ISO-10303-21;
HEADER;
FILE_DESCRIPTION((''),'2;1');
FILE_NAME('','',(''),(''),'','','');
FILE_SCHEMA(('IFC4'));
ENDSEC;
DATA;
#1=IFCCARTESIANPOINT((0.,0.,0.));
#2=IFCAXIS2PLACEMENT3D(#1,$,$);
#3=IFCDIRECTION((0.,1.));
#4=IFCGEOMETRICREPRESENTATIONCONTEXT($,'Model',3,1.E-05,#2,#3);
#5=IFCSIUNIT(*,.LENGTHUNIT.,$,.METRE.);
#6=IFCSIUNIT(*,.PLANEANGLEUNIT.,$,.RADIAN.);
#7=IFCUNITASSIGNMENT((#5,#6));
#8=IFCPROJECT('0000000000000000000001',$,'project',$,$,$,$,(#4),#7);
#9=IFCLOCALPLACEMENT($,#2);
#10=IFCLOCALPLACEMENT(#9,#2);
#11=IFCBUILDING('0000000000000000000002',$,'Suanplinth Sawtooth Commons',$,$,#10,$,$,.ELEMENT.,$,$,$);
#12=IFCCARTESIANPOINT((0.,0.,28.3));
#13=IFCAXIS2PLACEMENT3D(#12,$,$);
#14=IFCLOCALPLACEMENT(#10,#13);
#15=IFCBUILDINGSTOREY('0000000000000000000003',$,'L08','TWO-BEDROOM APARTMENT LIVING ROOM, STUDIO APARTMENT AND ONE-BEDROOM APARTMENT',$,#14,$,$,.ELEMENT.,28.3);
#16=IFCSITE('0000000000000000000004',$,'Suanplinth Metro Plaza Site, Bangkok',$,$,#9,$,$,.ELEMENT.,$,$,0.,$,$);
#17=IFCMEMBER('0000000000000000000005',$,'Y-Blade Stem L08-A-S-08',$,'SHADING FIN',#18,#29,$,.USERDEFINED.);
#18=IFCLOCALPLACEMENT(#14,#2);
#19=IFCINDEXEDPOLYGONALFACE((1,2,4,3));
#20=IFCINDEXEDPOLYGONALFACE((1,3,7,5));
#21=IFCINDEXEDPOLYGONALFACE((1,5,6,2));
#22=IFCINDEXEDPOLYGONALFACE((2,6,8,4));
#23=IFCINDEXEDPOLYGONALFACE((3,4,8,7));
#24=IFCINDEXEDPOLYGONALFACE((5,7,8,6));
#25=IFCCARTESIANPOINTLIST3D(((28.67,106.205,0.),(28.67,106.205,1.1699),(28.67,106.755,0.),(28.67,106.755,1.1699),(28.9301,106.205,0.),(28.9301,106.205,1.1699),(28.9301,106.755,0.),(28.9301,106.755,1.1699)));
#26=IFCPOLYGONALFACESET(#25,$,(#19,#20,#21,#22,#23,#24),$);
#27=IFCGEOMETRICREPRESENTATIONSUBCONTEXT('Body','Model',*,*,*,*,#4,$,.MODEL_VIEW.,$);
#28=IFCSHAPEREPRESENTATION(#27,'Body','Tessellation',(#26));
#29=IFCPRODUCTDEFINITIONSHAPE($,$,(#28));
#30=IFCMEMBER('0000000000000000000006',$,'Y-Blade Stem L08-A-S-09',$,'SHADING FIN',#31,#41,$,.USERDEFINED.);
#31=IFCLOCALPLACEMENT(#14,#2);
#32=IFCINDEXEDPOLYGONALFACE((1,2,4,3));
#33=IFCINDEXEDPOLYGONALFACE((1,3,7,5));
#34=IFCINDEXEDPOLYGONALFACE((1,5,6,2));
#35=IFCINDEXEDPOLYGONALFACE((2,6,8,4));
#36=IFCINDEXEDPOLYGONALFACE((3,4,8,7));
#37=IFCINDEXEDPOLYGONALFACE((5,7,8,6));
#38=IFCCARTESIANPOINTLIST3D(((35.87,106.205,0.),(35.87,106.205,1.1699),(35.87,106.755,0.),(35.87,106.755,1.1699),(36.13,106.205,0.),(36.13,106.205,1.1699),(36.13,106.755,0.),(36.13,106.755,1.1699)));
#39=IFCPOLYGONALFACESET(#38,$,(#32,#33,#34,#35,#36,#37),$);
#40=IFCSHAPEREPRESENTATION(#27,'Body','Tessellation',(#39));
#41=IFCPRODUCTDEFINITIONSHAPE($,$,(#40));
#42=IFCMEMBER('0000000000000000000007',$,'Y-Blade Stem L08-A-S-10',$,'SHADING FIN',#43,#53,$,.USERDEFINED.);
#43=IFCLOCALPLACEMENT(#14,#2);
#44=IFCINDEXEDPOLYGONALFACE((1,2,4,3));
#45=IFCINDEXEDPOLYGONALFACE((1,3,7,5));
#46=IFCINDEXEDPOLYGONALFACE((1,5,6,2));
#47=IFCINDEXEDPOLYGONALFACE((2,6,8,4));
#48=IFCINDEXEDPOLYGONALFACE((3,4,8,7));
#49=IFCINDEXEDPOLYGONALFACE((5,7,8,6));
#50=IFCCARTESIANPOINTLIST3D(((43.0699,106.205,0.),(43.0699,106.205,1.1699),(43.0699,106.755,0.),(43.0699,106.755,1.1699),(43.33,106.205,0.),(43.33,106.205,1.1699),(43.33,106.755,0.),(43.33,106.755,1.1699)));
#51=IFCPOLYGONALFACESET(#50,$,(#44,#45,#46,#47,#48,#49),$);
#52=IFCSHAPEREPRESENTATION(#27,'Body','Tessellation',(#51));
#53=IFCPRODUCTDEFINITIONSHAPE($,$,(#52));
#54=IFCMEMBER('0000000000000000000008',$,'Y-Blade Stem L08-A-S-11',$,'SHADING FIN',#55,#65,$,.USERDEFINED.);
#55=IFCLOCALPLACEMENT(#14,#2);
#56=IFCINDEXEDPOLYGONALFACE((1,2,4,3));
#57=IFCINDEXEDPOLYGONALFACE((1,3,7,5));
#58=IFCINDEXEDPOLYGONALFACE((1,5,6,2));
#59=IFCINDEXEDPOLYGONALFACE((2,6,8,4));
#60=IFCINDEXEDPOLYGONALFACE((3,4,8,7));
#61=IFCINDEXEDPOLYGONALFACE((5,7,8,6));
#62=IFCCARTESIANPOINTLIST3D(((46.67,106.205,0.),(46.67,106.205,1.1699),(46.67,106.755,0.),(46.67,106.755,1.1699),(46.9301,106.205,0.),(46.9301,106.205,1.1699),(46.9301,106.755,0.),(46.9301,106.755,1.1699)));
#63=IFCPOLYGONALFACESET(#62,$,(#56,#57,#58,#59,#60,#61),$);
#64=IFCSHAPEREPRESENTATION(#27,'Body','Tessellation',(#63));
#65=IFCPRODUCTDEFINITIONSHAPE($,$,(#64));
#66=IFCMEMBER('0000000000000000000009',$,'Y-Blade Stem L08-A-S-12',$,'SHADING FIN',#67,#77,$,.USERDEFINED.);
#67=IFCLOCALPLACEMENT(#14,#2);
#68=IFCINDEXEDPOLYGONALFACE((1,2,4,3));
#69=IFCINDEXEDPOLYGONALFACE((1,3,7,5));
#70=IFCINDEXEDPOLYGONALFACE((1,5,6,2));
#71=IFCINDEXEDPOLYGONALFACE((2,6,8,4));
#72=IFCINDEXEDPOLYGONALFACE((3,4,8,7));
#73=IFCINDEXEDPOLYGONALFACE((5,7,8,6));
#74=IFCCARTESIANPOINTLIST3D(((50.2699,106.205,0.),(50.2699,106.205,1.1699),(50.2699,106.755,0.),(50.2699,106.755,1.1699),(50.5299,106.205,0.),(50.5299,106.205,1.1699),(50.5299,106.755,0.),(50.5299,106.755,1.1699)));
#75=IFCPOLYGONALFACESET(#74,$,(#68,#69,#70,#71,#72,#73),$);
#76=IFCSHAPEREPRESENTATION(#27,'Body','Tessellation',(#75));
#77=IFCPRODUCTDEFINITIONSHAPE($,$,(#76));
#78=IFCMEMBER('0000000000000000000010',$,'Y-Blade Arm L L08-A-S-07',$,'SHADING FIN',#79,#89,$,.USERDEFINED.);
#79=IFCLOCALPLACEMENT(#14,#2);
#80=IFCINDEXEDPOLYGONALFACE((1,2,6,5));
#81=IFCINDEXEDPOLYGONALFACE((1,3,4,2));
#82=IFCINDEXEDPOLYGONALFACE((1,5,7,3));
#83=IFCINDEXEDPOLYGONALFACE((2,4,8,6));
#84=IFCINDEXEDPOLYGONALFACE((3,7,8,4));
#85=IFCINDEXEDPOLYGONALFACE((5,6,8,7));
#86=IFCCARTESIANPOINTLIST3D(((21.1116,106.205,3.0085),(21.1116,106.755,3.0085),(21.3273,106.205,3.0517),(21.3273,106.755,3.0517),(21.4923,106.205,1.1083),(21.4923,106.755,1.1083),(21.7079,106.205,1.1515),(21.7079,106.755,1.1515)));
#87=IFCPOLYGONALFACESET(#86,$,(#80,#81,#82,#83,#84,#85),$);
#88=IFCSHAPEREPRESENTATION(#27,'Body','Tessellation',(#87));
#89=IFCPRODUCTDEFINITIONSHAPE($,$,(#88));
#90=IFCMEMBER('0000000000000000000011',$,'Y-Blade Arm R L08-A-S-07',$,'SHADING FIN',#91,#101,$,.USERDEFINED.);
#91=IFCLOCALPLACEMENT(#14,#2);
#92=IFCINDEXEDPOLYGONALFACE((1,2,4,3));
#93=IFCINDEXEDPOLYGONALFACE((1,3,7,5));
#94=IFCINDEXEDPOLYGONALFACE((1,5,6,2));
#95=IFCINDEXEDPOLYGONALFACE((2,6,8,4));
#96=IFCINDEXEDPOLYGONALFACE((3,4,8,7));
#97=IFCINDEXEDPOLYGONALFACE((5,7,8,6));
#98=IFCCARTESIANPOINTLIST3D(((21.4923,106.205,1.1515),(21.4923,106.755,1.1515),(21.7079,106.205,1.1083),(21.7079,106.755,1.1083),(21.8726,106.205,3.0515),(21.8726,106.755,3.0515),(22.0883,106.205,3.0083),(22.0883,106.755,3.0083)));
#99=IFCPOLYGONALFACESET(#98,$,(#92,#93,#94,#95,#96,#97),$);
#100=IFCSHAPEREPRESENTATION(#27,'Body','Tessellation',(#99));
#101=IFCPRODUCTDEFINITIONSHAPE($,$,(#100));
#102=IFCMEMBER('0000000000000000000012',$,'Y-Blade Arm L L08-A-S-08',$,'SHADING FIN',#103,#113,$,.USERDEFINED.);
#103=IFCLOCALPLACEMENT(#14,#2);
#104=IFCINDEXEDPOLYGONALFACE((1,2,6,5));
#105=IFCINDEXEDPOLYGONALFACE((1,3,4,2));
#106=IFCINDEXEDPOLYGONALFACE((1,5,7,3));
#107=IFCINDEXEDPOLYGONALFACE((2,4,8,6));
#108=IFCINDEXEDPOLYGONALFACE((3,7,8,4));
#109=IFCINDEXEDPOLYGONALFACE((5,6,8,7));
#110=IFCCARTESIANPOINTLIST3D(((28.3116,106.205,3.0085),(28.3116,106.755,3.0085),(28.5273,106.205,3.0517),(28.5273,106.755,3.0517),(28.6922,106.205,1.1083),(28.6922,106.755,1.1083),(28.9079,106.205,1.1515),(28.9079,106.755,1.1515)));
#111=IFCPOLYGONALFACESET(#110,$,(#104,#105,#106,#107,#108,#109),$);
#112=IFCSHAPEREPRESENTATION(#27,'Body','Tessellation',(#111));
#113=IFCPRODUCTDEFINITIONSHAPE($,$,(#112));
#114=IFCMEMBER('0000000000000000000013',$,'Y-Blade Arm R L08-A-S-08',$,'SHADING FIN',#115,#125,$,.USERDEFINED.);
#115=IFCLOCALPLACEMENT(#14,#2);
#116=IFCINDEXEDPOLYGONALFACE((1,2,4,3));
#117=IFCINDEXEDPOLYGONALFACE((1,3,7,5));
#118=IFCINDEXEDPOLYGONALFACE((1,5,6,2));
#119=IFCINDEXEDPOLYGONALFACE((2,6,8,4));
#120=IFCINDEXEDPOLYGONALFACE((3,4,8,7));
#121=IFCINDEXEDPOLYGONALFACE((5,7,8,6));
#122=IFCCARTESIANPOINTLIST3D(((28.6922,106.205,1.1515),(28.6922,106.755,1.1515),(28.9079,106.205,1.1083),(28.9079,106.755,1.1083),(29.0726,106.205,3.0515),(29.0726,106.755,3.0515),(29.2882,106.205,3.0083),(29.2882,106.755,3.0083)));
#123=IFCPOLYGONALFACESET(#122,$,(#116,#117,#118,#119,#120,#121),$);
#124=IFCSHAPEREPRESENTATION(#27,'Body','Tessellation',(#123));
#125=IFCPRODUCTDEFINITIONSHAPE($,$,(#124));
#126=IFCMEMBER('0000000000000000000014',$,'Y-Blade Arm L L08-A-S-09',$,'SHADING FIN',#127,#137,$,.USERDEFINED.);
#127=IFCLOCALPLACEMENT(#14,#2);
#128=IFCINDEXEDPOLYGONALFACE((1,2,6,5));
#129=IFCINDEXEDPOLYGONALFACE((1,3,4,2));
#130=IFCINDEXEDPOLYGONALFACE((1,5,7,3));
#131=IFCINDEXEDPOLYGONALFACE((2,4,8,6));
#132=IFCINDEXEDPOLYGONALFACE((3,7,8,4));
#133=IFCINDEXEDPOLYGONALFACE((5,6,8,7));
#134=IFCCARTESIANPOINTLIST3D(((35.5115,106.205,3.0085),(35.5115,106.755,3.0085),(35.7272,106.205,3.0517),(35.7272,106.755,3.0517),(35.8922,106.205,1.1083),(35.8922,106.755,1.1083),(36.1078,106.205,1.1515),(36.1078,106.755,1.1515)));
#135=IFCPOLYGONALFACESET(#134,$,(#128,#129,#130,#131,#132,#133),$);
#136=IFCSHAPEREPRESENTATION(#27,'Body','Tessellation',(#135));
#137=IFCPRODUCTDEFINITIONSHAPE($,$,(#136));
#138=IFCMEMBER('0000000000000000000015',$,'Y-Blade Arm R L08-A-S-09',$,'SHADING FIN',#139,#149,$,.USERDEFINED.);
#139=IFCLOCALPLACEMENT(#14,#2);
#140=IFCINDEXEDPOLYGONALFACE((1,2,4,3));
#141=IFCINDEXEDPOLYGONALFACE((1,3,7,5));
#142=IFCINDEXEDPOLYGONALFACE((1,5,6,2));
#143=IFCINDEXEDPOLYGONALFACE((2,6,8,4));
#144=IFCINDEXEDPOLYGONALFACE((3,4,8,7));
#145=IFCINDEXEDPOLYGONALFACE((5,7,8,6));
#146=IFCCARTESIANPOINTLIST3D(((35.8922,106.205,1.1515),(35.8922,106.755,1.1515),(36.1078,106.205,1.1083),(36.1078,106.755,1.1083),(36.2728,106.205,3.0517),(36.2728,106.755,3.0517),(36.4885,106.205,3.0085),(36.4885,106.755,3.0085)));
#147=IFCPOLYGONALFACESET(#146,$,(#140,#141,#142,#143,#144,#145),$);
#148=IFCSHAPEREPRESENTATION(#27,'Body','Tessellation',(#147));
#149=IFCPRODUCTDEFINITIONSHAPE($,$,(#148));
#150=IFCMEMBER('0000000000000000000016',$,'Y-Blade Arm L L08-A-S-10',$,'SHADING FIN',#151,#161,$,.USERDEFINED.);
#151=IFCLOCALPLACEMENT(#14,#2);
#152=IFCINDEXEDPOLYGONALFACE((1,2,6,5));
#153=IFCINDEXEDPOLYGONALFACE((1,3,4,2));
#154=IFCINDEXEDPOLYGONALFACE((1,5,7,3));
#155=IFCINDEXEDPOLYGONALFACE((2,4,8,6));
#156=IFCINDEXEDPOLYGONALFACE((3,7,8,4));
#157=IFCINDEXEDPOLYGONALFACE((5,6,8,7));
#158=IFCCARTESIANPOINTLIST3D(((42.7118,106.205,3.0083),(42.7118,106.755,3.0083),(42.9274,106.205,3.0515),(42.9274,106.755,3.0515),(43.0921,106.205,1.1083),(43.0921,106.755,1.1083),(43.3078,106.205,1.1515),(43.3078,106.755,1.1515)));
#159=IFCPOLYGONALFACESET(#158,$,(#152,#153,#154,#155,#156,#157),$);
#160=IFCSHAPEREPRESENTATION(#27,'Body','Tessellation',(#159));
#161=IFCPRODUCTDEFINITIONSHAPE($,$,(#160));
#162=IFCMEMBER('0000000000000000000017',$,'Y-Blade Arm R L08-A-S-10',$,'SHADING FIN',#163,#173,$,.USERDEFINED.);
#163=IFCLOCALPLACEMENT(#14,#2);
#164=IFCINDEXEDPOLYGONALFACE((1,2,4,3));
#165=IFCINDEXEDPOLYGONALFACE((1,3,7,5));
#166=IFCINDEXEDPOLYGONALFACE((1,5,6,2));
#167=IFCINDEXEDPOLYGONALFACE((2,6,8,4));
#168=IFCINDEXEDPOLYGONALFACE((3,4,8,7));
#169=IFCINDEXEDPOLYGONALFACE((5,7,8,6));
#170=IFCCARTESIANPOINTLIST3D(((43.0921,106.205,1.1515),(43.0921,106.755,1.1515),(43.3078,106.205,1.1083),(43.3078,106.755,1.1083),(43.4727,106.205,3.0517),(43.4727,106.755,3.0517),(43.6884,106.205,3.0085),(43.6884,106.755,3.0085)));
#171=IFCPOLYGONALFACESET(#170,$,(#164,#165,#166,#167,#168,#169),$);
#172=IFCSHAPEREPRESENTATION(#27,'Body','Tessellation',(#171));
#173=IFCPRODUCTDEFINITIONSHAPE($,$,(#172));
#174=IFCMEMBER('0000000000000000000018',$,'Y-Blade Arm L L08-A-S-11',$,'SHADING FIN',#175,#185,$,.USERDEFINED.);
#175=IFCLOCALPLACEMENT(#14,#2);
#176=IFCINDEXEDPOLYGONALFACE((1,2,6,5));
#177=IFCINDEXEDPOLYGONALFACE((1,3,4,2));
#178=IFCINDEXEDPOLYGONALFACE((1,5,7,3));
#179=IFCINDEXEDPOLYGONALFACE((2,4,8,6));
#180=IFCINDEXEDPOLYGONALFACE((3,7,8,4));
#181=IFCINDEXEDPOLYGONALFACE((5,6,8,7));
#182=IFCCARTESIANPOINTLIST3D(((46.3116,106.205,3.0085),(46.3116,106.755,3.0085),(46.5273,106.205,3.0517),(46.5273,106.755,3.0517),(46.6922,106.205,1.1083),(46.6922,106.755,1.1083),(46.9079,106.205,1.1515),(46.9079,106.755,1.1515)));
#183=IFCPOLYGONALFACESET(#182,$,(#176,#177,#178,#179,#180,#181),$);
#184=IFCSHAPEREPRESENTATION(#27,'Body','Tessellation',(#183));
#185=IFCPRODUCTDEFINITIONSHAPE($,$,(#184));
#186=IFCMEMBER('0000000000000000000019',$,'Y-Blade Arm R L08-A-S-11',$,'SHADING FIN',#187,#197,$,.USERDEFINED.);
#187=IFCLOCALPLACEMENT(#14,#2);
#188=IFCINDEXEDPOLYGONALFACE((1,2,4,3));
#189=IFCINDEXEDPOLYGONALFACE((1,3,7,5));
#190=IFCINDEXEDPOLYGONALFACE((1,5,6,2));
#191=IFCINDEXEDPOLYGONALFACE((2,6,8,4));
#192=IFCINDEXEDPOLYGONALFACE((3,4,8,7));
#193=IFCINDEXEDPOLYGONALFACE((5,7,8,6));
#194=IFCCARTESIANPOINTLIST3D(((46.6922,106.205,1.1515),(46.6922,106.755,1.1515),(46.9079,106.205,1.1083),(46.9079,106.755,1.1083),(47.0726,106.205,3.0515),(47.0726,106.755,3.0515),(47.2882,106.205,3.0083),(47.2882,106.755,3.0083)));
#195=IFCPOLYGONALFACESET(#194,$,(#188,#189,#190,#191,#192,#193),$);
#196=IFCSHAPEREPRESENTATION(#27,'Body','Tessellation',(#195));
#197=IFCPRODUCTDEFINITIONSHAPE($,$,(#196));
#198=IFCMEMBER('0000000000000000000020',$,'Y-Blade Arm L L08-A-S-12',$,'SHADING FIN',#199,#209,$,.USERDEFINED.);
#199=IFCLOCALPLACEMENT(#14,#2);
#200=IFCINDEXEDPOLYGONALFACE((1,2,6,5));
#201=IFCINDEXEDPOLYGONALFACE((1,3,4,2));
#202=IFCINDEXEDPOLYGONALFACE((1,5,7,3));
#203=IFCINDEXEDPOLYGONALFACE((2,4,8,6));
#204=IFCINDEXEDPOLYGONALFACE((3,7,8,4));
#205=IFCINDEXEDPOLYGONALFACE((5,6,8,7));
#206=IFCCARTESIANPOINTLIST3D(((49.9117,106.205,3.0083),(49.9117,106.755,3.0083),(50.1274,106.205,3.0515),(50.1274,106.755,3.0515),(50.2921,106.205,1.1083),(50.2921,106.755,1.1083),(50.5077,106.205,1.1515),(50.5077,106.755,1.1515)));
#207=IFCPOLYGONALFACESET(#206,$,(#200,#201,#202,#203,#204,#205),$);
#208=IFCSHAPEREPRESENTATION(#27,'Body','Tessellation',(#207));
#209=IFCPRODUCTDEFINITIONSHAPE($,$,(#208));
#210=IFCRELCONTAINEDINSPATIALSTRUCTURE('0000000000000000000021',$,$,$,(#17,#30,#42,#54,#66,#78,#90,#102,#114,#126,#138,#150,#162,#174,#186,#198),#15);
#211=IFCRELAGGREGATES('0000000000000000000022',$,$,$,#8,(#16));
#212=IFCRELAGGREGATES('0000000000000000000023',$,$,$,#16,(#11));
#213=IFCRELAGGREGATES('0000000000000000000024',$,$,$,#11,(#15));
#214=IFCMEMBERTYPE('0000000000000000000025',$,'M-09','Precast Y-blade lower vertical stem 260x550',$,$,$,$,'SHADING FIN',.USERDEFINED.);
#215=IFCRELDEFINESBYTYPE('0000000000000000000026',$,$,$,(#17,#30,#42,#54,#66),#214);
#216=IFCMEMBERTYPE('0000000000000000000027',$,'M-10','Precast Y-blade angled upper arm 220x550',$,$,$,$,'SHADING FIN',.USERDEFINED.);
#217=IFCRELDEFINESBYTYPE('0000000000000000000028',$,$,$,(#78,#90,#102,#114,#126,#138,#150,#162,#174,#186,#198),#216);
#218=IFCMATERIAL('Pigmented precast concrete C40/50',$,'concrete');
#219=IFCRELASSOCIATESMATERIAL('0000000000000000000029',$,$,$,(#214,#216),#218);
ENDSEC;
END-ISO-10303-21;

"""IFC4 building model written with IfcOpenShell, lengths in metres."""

from ifc_helpers import new_model, si_unit, direction, frame, origin, origin_2d, place, context, subcontext, project, spatial, rectangle, extrude, material, material_profile, profile_set, type_object, element, save


model = new_model("IFC4")

# Units and contexts
model_context = context("Model", 3, precision=1e-05, world=origin(), true_north=direction((0.0, 1.0)))
body_context = subcontext(model_context, "Body", "Model", "MODEL_VIEW")
ifc_project = project(units=[si_unit("LENGTHUNIT", "METRE"), si_unit("PLANEANGLEUNIT", "RADIAN")], contexts=[model_context])

# Site, building, storey
site_placement = place(None, origin())
site = spatial("IfcSite", under=ifc_project, at=site_placement, Name="Suanplinth Metro Plaza Site, Bangkok", CompositionType="ELEMENT", RefElevation=0.0)
building_placement = place(site_placement, origin())
building = spatial("IfcBuilding", under=site, at=building_placement, Name="Suanplinth Sawtooth Commons", CompositionType="ELEMENT")
storey_placement = place(building_placement, frame((0.0, 0.0, 28.3)))
storey = spatial("IfcBuildingStorey", under=building, at=storey_placement, Name="L08", Description="TWO-BEDROOM APARTMENT LIVING ROOM, STUDIO APARTMENT AND ONE-BEDROOM APARTMENT", CompositionType="ELEMENT", Elevation=28.3)

# Members
ifc_material = material(Name="Pigmented precast concrete C40/50", Category="concrete")
ifc_material_profile_1 = material_profile(ifc_material, rectangle(XDim=0.26, YDim=0.55, at=origin_2d()), Name="PC-FIN 260x550")
ifc_profile_set_1 = profile_set([ifc_material_profile_1], Name="Pigmented precast concrete C40/50")
member_type_1 = type_object("IfcMemberType", Name="M-09", Description="Precast Y-blade lower vertical stem 260x550", ElementType="SHADING FIN", PredefinedType="USERDEFINED", material=ifc_profile_set_1)
for number, where, z_axis, x_axis, name in (
    (1, (28.8, 106.48, 0.0), (0.0, 0.0, 1.0), (1.0, 0.0, 0.0), "Y-Blade Stem L08-A-S-08"),
    (2, (36.0, 106.48, 0.0), (0.0, 0.0, 1.0), (1.0, 0.0, 0.0), "Y-Blade Stem L08-A-S-09"),
    (3, (43.2, 106.48, 0.0), (0.0, 0.0, 1.0), (1.0, 0.0, 0.0), "Y-Blade Stem L08-A-S-10"),
    (4, (46.8, 106.48, 0.0), (0.0, 0.0, 1.0), (1.0, 0.0, 0.0), "Y-Blade Stem L08-A-S-11"),
    (5, (50.3999, 106.48, 0.0), (0.0, 0.0, 1.0), (1.0, 0.0, 0.0), "Y-Blade Stem L08-A-S-12"),
):
    element("IfcMember", number, at=place(storey_placement, frame(where, z_axis=z_axis, x_axis=x_axis)), inside=storey, type_object=member_type_1, Name=name, ObjectType="SHADING FIN", PredefinedType="USERDEFINED", context=body_context, shape_type="SweptSolid", body=[
        extrude(rectangle(XDim=0.26, YDim=0.55, at=origin_2d()), origin(), (0.0, 0.0, 1.0), 1.1699),
    ])
ifc_material_profile_2 = material_profile(ifc_material, rectangle(XDim=0.22, YDim=0.55, at=origin_2d()), Name="PC-FIN 220x550")
ifc_profile_set_2 = profile_set([ifc_material_profile_2], Name="Pigmented precast concrete C40/50")
member_type_2 = type_object("IfcMemberType", Name="M-10", Description="Precast Y-blade angled upper arm 220x550", ElementType="SHADING FIN", PredefinedType="USERDEFINED", material=ifc_profile_set_2)
member_1_placement = place(storey_placement, frame((21.6001, 106.48, 1.1299), z_axis=(-0.196407, 0.0, 0.980522), x_axis=(0.980522, 0.0, 0.196407)))
element("IfcMember", 6, at=member_1_placement, inside=storey, type_object=member_type_2, Name="Y-Blade Arm L L08-A-S-07", ObjectType="SHADING FIN", PredefinedType="USERDEFINED", context=body_context, shape_type="SweptSolid", body=[
    extrude(rectangle(XDim=0.22, YDim=0.55, at=origin_2d()), origin(), (0.0, 0.0, 1.0), 1.938),
])
member_2_placement = place(storey_placement, frame((21.6001, 106.48, 1.1299), z_axis=(0.196286, 0.0, 0.980547), x_axis=(-0.980547, 0.0, 0.196286)))
element("IfcMember", 7, at=member_2_placement, inside=storey, type_object=member_type_2, Name="Y-Blade Arm R L08-A-S-07", ObjectType="SHADING FIN", PredefinedType="USERDEFINED", context=body_context, shape_type="SweptSolid", body=[
    extrude(rectangle(XDim=0.22, YDim=0.55, at=origin_2d()), origin(), (0.0, 0.0, 1.0), 1.9377),
])
member_3_placement = place(storey_placement, frame((28.8, 106.48, 1.1299), z_axis=(-0.196407, 0.0, 0.980522), x_axis=(0.980522, 0.0, 0.196407)))
element("IfcMember", 8, at=member_3_placement, inside=storey, type_object=member_type_2, Name="Y-Blade Arm L L08-A-S-08", ObjectType="SHADING FIN", PredefinedType="USERDEFINED", context=body_context, shape_type="SweptSolid", body=[
    extrude(rectangle(XDim=0.22, YDim=0.55, at=origin_2d()), origin(), (0.0, 0.0, 1.0), 1.938),
])
member_4_placement = place(storey_placement, frame((28.8, 106.48, 1.1299), z_axis=(0.196286, 0.0, 0.980547), x_axis=(-0.980547, 0.0, 0.196286)))
element("IfcMember", 9, at=member_4_placement, inside=storey, type_object=member_type_2, Name="Y-Blade Arm R L08-A-S-08", ObjectType="SHADING FIN", PredefinedType="USERDEFINED", context=body_context, shape_type="SweptSolid", body=[
    extrude(rectangle(XDim=0.22, YDim=0.55, at=origin_2d()), origin(), (0.0, 0.0, 1.0), 1.9377),
])
for number, where, z_axis, x_axis, name in (
    (10, (36.0, 106.48, 1.1299), (-0.196407, 0.0, 0.980522), (0.980522, 0.0, 0.196407), "Y-Blade Arm L L08-A-S-09"),
    (11, (36.0, 106.48, 1.1299), (0.196407, 0.0, 0.980522), (-0.980522, 0.0, 0.196407), "Y-Blade Arm R L08-A-S-09"),
):
    element("IfcMember", number, at=place(storey_placement, frame(where, z_axis=z_axis, x_axis=x_axis)), inside=storey, type_object=member_type_2, Name=name, ObjectType="SHADING FIN", PredefinedType="USERDEFINED", context=body_context, shape_type="SweptSolid", body=[
        extrude(rectangle(XDim=0.22, YDim=0.55, at=origin_2d()), origin(), (0.0, 0.0, 1.0), 1.938),
    ])
member_5_placement = place(storey_placement, frame((43.2, 106.48, 1.1299), z_axis=(-0.196286, 0.0, 0.980547), x_axis=(0.980547, 0.0, 0.196286)))
element("IfcMember", 12, at=member_5_placement, inside=storey, type_object=member_type_2, Name="Y-Blade Arm L L08-A-S-10", ObjectType="SHADING FIN", PredefinedType="USERDEFINED", context=body_context, shape_type="SweptSolid", body=[
    extrude(rectangle(XDim=0.22, YDim=0.55, at=origin_2d()), origin(), (0.0, 0.0, 1.0), 1.9377),
])
for number, where, z_axis, x_axis, name in (
    (13, (43.2, 106.48, 1.1299), (0.196407, 0.0, 0.980522), (-0.980522, 0.0, 0.196407), "Y-Blade Arm R L08-A-S-10"),
    (14, (46.8, 106.48, 1.1299), (-0.196407, 0.0, 0.980522), (0.980522, 0.0, 0.196407), "Y-Blade Arm L L08-A-S-11"),
):
    element("IfcMember", number, at=place(storey_placement, frame(where, z_axis=z_axis, x_axis=x_axis)), inside=storey, type_object=member_type_2, Name=name, ObjectType="SHADING FIN", PredefinedType="USERDEFINED", context=body_context, shape_type="SweptSolid", body=[
        extrude(rectangle(XDim=0.22, YDim=0.55, at=origin_2d()), origin(), (0.0, 0.0, 1.0), 1.938),
    ])
for number, where, z_axis, x_axis, name in (
    (15, (46.8, 106.48, 1.1299), (0.196286, 0.0, 0.980547), (-0.980547, 0.0, 0.196286), "Y-Blade Arm R L08-A-S-11"),
    (16, (50.3999, 106.48, 1.1299), (-0.196286, 0.0, 0.980547), (0.980547, 0.0, 0.196286), "Y-Blade Arm L L08-A-S-12"),
):
    element("IfcMember", number, at=place(storey_placement, frame(where, z_axis=z_axis, x_axis=x_axis)), inside=storey, type_object=member_type_2, Name=name, ObjectType="SHADING FIN", PredefinedType="USERDEFINED", context=body_context, shape_type="SweptSolid", body=[
        extrude(rectangle(XDim=0.22, YDim=0.55, at=origin_2d()), origin(), (0.0, 0.0, 1.0), 1.9377),
    ])

save(model, "model.ifc")
